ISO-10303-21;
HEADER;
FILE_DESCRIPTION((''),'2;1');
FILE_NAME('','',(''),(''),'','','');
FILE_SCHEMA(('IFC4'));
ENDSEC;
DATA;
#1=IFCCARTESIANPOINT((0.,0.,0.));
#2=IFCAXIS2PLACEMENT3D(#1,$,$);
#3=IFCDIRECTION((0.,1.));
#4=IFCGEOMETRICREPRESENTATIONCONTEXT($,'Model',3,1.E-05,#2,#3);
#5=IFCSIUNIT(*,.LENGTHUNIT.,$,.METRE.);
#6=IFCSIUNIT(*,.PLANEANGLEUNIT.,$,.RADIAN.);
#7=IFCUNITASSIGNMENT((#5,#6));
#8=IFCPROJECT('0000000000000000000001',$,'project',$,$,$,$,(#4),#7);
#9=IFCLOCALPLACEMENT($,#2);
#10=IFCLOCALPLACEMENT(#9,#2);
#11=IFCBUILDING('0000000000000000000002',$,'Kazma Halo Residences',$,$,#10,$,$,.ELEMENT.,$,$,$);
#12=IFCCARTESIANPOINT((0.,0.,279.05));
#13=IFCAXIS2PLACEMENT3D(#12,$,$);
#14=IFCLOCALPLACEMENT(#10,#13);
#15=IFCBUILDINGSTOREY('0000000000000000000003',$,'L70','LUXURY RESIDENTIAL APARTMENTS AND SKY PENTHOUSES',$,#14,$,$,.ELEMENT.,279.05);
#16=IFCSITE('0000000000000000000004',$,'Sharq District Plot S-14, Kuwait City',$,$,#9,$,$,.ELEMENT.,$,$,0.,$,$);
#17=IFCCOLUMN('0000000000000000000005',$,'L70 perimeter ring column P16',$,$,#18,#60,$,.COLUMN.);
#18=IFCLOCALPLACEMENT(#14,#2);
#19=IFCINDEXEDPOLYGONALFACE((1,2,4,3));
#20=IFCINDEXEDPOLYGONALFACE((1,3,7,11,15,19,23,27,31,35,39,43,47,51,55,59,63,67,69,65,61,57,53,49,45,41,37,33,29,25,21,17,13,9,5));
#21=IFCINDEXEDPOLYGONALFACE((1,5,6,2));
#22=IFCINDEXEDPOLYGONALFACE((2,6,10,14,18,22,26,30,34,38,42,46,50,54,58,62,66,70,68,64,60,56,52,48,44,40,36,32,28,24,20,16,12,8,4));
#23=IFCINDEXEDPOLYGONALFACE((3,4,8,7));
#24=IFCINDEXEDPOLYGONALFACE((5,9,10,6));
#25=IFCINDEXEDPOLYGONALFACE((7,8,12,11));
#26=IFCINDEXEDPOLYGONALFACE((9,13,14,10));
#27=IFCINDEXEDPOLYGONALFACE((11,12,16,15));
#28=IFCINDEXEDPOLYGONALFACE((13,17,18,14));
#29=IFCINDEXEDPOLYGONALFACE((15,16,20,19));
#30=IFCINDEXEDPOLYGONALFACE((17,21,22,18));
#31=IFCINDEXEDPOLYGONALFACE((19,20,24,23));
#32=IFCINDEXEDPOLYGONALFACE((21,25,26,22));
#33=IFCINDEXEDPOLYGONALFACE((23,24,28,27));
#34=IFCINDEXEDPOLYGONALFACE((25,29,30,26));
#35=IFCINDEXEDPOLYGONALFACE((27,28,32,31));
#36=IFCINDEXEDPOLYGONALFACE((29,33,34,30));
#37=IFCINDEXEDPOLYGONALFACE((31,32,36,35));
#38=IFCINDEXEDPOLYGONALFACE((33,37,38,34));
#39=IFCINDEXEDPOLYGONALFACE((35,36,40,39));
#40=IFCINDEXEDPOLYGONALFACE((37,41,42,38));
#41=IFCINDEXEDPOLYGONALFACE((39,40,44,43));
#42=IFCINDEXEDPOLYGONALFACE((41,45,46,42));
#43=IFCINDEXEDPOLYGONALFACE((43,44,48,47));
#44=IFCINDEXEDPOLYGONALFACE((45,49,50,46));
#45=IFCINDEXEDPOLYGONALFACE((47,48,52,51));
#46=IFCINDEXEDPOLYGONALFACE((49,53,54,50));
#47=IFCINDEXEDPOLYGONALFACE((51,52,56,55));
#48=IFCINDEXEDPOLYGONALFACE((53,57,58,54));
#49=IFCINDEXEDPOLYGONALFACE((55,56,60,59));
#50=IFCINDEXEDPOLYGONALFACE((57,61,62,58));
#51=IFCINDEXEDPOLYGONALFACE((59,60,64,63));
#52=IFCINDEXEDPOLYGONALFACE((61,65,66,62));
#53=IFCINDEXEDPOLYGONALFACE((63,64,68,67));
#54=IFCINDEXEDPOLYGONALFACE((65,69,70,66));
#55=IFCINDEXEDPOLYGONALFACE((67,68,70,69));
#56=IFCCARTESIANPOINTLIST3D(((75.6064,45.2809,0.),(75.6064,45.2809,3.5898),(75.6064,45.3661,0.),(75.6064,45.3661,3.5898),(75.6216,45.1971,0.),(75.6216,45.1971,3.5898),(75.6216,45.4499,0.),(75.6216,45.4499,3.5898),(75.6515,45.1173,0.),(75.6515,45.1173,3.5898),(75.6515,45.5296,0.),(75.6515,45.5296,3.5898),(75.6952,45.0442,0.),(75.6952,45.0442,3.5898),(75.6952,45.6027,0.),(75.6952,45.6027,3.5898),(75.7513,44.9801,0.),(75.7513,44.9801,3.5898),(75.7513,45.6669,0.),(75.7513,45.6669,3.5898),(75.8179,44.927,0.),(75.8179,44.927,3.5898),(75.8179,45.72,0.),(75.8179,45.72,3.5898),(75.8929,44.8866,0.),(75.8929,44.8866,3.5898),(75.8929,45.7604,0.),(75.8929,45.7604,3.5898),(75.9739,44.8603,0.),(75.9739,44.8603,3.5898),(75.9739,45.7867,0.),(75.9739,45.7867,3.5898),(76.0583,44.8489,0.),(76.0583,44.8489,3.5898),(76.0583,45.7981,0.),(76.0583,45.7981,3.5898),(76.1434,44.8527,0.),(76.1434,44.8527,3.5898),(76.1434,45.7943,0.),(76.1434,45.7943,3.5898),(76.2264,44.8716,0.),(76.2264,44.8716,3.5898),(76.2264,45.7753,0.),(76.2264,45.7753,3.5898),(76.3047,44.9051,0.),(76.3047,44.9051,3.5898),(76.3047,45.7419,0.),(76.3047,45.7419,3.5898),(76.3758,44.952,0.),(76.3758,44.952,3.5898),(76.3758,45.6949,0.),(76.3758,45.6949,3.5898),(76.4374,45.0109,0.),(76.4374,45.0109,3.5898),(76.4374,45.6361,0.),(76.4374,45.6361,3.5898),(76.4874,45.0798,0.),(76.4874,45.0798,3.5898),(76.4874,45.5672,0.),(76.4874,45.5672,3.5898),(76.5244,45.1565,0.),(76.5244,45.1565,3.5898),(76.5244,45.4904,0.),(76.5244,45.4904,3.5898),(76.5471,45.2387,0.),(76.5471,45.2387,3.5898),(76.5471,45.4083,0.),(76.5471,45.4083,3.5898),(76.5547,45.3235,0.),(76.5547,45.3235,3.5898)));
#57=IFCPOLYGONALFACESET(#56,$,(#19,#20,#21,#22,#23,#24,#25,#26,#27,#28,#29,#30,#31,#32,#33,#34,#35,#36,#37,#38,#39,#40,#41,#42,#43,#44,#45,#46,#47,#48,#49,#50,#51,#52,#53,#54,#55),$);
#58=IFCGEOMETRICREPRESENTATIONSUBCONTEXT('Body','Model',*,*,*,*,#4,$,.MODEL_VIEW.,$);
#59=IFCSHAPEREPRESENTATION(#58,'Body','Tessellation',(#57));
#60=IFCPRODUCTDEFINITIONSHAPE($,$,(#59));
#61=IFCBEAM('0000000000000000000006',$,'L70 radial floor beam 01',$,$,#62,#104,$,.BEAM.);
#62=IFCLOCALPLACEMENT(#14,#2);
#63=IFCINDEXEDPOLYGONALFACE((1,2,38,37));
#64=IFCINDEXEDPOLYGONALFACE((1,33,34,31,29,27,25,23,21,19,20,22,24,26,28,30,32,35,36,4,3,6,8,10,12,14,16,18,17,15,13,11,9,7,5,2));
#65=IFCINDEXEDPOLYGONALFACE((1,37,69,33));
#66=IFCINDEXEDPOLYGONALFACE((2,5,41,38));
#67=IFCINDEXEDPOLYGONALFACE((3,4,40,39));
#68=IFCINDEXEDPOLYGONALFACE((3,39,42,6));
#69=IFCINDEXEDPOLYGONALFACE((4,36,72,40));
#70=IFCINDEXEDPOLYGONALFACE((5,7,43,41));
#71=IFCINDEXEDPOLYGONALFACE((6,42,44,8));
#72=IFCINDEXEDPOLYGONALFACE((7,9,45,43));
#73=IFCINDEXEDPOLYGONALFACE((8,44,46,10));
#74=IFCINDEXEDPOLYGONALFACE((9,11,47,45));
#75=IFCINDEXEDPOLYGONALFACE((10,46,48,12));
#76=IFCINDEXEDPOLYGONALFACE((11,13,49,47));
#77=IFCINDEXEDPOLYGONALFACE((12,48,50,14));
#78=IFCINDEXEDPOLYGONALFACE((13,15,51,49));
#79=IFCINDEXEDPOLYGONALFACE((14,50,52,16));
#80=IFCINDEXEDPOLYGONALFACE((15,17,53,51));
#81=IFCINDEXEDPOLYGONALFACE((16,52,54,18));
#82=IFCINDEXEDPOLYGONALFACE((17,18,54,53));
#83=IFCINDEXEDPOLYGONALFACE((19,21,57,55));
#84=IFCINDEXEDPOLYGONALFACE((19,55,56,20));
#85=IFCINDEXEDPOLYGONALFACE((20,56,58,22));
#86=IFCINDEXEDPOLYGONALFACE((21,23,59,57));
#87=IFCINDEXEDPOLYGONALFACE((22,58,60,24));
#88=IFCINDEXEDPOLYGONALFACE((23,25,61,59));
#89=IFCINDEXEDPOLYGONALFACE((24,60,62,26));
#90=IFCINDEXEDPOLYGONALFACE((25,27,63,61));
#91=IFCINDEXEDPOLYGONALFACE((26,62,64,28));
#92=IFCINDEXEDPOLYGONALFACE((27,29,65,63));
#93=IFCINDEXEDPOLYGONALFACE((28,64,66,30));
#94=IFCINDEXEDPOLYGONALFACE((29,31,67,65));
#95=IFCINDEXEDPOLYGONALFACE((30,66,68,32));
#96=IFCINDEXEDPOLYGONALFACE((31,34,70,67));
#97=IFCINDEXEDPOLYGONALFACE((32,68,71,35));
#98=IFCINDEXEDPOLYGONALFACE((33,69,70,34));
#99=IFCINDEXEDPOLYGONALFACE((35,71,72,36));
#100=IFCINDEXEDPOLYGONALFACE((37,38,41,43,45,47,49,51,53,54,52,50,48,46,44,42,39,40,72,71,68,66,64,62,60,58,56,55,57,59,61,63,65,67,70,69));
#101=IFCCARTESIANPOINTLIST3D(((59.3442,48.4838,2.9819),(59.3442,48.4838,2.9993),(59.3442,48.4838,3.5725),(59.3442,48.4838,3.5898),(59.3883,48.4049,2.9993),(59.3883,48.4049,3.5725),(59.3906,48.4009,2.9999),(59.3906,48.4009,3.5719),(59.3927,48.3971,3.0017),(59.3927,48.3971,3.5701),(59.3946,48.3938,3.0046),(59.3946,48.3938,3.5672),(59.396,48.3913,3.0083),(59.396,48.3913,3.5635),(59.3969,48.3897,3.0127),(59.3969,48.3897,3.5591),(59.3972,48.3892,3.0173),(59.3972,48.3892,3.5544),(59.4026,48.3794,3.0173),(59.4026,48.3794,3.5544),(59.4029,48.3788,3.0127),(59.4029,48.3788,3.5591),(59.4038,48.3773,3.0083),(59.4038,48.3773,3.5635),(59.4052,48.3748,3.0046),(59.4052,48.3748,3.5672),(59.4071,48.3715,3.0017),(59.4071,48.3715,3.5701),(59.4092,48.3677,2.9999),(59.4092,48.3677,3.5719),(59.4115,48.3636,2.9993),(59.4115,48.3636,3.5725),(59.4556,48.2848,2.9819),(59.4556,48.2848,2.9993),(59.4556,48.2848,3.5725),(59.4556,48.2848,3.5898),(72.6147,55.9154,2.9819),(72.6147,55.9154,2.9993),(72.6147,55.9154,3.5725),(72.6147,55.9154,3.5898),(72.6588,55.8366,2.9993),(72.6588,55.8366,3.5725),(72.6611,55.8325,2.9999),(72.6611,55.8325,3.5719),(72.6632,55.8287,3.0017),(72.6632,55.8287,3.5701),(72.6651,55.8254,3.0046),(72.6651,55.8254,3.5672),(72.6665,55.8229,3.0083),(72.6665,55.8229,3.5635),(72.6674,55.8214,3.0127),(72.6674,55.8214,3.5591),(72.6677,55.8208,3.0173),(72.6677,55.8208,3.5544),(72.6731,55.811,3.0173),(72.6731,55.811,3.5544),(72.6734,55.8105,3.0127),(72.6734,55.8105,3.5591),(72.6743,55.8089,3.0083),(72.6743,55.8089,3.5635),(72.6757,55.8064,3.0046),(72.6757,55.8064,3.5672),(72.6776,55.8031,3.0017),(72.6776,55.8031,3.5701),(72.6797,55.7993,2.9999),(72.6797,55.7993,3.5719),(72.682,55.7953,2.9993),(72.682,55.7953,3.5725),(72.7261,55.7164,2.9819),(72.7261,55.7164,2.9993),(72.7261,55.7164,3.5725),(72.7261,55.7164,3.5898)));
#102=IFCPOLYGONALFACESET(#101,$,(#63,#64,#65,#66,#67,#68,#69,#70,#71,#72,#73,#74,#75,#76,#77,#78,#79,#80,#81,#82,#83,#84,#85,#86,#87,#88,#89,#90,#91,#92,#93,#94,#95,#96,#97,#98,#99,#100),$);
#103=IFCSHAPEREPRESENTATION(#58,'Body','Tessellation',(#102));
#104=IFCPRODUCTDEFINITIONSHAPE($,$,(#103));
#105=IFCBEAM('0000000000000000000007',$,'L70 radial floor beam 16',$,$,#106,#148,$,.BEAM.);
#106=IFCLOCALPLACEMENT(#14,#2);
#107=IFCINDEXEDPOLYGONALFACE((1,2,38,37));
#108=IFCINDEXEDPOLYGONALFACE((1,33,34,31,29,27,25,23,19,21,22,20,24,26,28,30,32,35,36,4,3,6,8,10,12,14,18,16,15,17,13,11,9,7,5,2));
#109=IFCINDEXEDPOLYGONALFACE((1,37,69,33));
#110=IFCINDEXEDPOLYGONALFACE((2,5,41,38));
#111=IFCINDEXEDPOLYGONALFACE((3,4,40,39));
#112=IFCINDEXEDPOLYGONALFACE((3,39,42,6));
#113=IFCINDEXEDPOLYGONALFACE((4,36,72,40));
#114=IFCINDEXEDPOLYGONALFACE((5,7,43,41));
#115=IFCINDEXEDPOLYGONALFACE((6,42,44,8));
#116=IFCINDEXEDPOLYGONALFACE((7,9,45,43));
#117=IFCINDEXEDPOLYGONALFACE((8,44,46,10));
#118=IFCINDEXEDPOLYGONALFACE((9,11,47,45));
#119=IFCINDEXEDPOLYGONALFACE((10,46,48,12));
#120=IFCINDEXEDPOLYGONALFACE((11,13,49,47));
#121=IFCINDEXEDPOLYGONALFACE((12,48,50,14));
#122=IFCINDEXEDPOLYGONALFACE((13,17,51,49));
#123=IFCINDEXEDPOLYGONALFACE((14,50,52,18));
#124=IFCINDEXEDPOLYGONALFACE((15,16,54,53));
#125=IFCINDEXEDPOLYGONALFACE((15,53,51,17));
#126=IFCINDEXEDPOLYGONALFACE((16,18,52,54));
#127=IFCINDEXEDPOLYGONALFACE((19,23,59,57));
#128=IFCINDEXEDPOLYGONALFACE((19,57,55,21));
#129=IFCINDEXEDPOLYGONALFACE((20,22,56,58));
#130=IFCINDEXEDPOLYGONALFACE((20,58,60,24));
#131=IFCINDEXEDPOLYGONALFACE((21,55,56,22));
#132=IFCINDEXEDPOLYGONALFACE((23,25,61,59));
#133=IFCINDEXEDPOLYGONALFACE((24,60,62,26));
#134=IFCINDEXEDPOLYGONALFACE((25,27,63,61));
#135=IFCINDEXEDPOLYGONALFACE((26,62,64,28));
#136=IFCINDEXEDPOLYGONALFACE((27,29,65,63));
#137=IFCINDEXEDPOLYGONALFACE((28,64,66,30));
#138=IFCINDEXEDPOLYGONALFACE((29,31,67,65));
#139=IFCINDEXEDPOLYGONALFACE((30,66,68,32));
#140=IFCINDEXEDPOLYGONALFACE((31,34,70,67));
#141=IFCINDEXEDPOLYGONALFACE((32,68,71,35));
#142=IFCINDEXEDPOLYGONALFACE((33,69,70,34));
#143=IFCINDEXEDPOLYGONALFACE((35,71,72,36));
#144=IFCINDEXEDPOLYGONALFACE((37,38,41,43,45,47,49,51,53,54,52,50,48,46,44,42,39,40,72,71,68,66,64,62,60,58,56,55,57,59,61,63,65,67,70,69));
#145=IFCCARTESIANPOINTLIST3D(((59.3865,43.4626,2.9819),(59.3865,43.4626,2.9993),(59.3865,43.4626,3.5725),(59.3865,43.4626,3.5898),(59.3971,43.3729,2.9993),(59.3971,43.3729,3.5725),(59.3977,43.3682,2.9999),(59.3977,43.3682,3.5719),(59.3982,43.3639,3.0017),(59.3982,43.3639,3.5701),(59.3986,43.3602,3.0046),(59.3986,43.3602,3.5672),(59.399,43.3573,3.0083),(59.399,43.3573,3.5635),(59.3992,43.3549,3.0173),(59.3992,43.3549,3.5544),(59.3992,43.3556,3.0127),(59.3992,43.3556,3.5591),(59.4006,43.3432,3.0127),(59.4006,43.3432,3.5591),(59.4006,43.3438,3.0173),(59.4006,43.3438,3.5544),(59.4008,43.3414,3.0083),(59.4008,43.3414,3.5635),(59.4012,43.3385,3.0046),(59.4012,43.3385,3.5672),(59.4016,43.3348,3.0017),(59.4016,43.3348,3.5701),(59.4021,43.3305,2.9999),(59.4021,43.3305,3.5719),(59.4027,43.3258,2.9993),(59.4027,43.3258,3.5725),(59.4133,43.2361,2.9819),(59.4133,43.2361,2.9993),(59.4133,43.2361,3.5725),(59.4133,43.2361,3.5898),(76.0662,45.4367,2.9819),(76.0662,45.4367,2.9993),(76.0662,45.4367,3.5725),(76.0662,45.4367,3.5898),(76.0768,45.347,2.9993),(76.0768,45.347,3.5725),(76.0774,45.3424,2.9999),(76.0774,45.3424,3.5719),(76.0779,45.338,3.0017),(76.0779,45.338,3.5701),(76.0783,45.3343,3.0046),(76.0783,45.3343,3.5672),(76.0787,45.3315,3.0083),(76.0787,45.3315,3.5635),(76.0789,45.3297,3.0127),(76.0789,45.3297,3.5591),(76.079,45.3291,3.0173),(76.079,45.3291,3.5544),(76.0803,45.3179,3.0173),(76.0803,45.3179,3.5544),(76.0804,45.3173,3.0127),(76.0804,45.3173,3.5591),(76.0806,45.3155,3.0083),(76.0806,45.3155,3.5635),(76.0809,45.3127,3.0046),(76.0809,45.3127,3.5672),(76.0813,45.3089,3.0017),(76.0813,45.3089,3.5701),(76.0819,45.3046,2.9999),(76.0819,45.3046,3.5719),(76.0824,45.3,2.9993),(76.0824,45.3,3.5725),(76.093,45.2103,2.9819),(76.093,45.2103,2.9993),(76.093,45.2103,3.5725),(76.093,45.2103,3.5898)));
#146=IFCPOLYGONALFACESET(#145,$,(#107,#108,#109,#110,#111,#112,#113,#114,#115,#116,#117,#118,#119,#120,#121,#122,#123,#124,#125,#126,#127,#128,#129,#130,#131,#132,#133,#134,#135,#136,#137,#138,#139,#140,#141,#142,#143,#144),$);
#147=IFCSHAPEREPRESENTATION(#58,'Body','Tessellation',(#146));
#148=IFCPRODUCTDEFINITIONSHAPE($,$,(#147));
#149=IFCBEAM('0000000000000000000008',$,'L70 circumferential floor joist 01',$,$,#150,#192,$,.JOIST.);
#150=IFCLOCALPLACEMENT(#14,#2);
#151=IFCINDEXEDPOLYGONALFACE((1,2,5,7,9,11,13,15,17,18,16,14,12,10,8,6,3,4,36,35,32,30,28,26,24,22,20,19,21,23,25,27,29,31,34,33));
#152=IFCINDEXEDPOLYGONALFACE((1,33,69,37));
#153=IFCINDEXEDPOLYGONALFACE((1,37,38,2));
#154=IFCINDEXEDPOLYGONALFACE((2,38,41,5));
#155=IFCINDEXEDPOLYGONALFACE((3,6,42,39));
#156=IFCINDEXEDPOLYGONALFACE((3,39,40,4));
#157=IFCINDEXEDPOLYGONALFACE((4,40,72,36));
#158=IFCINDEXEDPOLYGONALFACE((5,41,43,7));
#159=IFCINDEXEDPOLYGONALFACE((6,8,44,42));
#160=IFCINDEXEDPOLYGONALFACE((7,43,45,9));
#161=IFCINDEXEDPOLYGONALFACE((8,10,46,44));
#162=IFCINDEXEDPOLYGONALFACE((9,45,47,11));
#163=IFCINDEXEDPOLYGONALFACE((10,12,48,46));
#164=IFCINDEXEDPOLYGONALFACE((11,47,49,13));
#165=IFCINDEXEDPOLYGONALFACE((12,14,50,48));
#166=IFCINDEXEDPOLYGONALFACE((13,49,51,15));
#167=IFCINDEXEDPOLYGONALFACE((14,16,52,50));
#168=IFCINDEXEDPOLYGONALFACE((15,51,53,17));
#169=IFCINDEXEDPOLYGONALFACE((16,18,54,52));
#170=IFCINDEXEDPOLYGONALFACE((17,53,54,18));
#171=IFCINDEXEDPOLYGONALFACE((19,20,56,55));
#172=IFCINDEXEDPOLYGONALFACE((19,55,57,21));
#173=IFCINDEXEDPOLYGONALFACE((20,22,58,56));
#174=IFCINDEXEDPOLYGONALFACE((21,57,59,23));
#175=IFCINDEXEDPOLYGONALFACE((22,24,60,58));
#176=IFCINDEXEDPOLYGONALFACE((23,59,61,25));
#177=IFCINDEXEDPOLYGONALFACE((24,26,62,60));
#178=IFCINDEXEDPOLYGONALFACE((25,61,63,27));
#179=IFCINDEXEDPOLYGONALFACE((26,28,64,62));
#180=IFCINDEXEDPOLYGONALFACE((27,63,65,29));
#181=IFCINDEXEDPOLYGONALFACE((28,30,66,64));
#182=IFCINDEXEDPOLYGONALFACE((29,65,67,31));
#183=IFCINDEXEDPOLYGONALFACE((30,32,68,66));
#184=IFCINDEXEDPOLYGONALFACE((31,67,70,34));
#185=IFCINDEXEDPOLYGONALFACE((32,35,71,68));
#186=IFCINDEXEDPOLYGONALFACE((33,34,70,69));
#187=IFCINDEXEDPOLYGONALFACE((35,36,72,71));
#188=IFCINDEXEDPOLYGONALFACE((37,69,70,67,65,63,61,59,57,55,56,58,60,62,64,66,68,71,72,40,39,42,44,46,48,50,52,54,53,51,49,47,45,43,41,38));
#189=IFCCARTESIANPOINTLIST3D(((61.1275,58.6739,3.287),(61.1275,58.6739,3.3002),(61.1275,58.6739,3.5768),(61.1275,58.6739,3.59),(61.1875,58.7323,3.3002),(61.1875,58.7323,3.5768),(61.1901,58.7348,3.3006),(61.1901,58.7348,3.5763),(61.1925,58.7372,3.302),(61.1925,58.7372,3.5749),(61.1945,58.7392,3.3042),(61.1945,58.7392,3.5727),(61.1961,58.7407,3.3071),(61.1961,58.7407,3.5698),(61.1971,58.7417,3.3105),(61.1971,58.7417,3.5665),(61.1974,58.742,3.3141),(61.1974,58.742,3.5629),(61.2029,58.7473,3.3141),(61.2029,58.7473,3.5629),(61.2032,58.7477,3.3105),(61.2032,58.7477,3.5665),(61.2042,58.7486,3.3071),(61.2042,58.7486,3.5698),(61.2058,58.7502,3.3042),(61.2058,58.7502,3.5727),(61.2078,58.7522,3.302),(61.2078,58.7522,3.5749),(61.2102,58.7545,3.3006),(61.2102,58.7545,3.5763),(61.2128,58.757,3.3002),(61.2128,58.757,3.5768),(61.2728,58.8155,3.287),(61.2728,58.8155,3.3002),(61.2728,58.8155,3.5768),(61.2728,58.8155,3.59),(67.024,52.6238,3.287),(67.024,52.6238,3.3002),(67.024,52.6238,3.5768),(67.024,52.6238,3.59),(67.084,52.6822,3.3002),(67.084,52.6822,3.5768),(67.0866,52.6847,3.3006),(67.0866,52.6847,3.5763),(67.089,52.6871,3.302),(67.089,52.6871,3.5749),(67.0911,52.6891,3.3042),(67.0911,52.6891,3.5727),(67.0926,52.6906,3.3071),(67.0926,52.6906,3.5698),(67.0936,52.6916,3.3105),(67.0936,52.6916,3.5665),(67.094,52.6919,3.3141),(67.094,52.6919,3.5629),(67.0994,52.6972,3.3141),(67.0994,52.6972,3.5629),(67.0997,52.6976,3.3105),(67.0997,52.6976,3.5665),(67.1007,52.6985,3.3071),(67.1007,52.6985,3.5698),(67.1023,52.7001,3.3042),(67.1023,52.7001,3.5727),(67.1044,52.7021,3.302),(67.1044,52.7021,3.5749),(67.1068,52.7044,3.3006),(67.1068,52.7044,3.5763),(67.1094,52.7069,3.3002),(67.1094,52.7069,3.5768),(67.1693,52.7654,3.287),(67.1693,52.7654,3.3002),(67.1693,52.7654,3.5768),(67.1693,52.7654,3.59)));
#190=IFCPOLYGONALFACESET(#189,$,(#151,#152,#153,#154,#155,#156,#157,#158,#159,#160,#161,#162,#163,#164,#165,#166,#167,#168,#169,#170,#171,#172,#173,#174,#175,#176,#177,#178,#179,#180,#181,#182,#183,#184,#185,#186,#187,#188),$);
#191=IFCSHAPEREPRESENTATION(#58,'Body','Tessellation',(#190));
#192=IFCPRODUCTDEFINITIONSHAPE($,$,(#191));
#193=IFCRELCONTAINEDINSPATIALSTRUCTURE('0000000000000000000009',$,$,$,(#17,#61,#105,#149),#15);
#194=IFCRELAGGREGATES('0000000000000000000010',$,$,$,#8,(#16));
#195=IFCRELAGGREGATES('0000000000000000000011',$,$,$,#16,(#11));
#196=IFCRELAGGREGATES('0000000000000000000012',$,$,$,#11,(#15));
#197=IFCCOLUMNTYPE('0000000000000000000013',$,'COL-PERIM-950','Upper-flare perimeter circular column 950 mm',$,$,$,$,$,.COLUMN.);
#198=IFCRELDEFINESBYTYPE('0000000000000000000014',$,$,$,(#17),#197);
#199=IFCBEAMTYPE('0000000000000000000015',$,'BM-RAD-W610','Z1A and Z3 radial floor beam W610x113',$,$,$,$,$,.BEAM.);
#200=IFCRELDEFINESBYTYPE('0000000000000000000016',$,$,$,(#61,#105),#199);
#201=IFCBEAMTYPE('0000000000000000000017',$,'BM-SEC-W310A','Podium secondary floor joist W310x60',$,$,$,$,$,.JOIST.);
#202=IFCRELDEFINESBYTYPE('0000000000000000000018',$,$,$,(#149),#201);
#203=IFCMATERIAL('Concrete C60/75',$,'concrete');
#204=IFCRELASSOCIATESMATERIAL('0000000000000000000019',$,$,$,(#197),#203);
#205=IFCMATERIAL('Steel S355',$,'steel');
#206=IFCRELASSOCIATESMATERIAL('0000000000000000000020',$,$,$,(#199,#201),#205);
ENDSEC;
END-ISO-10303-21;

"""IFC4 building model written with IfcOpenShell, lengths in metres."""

from ifc_helpers import new_model, si_unit, direction, frame, origin, origin_2d, place, context, subcontext, project, spatial, circle, i_section, extrude, material, material_profile, profile_set, type_object, element, save


model = new_model("IFC4")

# Units and contexts
model_context = context("Model", 3, precision=1e-05, world=origin(), true_north=direction((0.0, 1.0)))
body_context = subcontext(model_context, "Body", "Model", "MODEL_VIEW")
ifc_project = project(units=[si_unit("LENGTHUNIT", "METRE"), si_unit("PLANEANGLEUNIT", "RADIAN")], contexts=[model_context])

# Site, building, storey
site_placement = place(None, origin())
site = spatial("IfcSite", under=ifc_project, at=site_placement, Name="Sharq District Plot S-14, Kuwait City", CompositionType="ELEMENT", RefElevation=0.0)
building_placement = place(site_placement, origin())
building = spatial("IfcBuilding", under=site, at=building_placement, Name="Kazma Halo Residences", CompositionType="ELEMENT")
storey_placement = place(building_placement, frame((0.0, 0.0, 279.05)))
storey = spatial("IfcBuildingStorey", under=building, at=storey_placement, Name="L70", Description="LUXURY RESIDENTIAL APARTMENTS AND SKY PENTHOUSES", CompositionType="ELEMENT", Elevation=279.05)

# Column
ifc_material_1 = material(Name="Concrete C60/75", Category="concrete")
ifc_material_profile_1 = material_profile(ifc_material_1, circle(Radius=0.4751, at=origin_2d()), Name="CIRC950")
ifc_profile_set_1 = profile_set([ifc_material_profile_1], Name="Concrete C60/75")
column_type = type_object("IfcColumnType", Name="COL-PERIM-950", Description="Upper-flare perimeter circular column 950 mm", PredefinedType="COLUMN", material=ifc_profile_set_1)
column_placement = place(storey_placement, frame((76.0796, 45.3235, 0.0), z_axis=(0.0, 0.0, 1.0), x_axis=(1.0, 0.0, 0.0)))
element("IfcColumn", 1, at=column_placement, inside=storey, type_object=column_type, Name="L70 perimeter ring column P16", PredefinedType="COLUMN", context=body_context, shape_type="SweptSolid", body=[
    extrude(circle(Radius=0.4751, at=origin_2d()), origin(), (0.0, 0.0, 1.0), 3.5898),
])

# Beams
ifc_material_2 = material(Name="Steel S355", Category="steel")
ifc_material_profile_2 = material_profile(ifc_material_2, i_section(OverallWidth=0.228, OverallDepth=0.6079, WebThickness=0.0112, FlangeThickness=0.0173, FilletRadius=0.0181, at=origin_2d()), Name="W610x113")
ifc_profile_set_2 = profile_set([ifc_material_profile_2], Name="Steel S355")
beam_type_1 = type_object("IfcBeamType", Name="BM-RAD-W610", Description="Z1A and Z3 radial floor beam W610x113", PredefinedType="BEAM", material=ifc_profile_set_2)
beam_1_placement = place(storey_placement, frame((59.3999, 48.3843, 3.2859), z_axis=(0.872502, 0.488611, 0.0), x_axis=(-0.488611, 0.872502, 0.0)))
element("IfcBeam", 2, at=beam_1_placement, inside=storey, type_object=beam_type_1, Name="L70 radial floor beam 01", PredefinedType="BEAM", context=body_context, shape_type="SweptSolid", body=[
    extrude(i_section(OverallWidth=0.228, OverallDepth=0.6079, WebThickness=0.0112, FlangeThickness=0.0173, FilletRadius=0.0181, at=origin_2d()), origin(), (0.0, 0.0, 1.0), 15.2097),
])
beam_2_placement = place(storey_placement, frame((59.3999, 43.3494, 3.2859), z_axis=(0.993069, 0.117534, 0.0), x_axis=(-0.117534, 0.993069, 0.0)))
element("IfcBeam", 3, at=beam_2_placement, inside=storey, type_object=beam_type_1, Name="L70 radial floor beam 16", PredefinedType="BEAM", context=body_context, shape_type="SweptSolid", body=[
    extrude(i_section(OverallWidth=0.228, OverallDepth=0.6079, WebThickness=0.0112, FlangeThickness=0.0173, FilletRadius=0.0181, at=origin_2d()), origin(), (0.0, 0.0, 1.0), 16.7961),
])
ifc_material_profile_3 = material_profile(ifc_material_2, i_section(OverallWidth=0.2029, OverallDepth=0.303, WebThickness=0.0076, FlangeThickness=0.0132, FilletRadius=0.0139, at=origin_2d()), Name="W310x60")
ifc_profile_set_3 = profile_set([ifc_material_profile_3], Name="Steel S355")
beam_type_2 = type_object("IfcBeamType", Name="BM-SEC-W310A", Description="Podium secondary floor joist W310x60", PredefinedType="JOIST", material=ifc_profile_set_3)
beam_3_placement = place(storey_placement, frame((67.0967, 52.6946, 3.4385), z_axis=(-0.69796, 0.716137, 0.0), x_axis=(-0.716137, -0.69796, 0.0)))
element("IfcBeam", 4, at=beam_3_placement, inside=storey, type_object=beam_type_2, Name="L70 circumferential floor joist 01", PredefinedType="JOIST", context=body_context, shape_type="SweptSolid", body=[
    extrude(i_section(OverallWidth=0.2029, OverallDepth=0.303, WebThickness=0.0076, FlangeThickness=0.0132, FilletRadius=0.0139, at=origin_2d()), origin(), (0.0, 0.0, 1.0), 8.4482),
])

save(model, "model.ifc")
